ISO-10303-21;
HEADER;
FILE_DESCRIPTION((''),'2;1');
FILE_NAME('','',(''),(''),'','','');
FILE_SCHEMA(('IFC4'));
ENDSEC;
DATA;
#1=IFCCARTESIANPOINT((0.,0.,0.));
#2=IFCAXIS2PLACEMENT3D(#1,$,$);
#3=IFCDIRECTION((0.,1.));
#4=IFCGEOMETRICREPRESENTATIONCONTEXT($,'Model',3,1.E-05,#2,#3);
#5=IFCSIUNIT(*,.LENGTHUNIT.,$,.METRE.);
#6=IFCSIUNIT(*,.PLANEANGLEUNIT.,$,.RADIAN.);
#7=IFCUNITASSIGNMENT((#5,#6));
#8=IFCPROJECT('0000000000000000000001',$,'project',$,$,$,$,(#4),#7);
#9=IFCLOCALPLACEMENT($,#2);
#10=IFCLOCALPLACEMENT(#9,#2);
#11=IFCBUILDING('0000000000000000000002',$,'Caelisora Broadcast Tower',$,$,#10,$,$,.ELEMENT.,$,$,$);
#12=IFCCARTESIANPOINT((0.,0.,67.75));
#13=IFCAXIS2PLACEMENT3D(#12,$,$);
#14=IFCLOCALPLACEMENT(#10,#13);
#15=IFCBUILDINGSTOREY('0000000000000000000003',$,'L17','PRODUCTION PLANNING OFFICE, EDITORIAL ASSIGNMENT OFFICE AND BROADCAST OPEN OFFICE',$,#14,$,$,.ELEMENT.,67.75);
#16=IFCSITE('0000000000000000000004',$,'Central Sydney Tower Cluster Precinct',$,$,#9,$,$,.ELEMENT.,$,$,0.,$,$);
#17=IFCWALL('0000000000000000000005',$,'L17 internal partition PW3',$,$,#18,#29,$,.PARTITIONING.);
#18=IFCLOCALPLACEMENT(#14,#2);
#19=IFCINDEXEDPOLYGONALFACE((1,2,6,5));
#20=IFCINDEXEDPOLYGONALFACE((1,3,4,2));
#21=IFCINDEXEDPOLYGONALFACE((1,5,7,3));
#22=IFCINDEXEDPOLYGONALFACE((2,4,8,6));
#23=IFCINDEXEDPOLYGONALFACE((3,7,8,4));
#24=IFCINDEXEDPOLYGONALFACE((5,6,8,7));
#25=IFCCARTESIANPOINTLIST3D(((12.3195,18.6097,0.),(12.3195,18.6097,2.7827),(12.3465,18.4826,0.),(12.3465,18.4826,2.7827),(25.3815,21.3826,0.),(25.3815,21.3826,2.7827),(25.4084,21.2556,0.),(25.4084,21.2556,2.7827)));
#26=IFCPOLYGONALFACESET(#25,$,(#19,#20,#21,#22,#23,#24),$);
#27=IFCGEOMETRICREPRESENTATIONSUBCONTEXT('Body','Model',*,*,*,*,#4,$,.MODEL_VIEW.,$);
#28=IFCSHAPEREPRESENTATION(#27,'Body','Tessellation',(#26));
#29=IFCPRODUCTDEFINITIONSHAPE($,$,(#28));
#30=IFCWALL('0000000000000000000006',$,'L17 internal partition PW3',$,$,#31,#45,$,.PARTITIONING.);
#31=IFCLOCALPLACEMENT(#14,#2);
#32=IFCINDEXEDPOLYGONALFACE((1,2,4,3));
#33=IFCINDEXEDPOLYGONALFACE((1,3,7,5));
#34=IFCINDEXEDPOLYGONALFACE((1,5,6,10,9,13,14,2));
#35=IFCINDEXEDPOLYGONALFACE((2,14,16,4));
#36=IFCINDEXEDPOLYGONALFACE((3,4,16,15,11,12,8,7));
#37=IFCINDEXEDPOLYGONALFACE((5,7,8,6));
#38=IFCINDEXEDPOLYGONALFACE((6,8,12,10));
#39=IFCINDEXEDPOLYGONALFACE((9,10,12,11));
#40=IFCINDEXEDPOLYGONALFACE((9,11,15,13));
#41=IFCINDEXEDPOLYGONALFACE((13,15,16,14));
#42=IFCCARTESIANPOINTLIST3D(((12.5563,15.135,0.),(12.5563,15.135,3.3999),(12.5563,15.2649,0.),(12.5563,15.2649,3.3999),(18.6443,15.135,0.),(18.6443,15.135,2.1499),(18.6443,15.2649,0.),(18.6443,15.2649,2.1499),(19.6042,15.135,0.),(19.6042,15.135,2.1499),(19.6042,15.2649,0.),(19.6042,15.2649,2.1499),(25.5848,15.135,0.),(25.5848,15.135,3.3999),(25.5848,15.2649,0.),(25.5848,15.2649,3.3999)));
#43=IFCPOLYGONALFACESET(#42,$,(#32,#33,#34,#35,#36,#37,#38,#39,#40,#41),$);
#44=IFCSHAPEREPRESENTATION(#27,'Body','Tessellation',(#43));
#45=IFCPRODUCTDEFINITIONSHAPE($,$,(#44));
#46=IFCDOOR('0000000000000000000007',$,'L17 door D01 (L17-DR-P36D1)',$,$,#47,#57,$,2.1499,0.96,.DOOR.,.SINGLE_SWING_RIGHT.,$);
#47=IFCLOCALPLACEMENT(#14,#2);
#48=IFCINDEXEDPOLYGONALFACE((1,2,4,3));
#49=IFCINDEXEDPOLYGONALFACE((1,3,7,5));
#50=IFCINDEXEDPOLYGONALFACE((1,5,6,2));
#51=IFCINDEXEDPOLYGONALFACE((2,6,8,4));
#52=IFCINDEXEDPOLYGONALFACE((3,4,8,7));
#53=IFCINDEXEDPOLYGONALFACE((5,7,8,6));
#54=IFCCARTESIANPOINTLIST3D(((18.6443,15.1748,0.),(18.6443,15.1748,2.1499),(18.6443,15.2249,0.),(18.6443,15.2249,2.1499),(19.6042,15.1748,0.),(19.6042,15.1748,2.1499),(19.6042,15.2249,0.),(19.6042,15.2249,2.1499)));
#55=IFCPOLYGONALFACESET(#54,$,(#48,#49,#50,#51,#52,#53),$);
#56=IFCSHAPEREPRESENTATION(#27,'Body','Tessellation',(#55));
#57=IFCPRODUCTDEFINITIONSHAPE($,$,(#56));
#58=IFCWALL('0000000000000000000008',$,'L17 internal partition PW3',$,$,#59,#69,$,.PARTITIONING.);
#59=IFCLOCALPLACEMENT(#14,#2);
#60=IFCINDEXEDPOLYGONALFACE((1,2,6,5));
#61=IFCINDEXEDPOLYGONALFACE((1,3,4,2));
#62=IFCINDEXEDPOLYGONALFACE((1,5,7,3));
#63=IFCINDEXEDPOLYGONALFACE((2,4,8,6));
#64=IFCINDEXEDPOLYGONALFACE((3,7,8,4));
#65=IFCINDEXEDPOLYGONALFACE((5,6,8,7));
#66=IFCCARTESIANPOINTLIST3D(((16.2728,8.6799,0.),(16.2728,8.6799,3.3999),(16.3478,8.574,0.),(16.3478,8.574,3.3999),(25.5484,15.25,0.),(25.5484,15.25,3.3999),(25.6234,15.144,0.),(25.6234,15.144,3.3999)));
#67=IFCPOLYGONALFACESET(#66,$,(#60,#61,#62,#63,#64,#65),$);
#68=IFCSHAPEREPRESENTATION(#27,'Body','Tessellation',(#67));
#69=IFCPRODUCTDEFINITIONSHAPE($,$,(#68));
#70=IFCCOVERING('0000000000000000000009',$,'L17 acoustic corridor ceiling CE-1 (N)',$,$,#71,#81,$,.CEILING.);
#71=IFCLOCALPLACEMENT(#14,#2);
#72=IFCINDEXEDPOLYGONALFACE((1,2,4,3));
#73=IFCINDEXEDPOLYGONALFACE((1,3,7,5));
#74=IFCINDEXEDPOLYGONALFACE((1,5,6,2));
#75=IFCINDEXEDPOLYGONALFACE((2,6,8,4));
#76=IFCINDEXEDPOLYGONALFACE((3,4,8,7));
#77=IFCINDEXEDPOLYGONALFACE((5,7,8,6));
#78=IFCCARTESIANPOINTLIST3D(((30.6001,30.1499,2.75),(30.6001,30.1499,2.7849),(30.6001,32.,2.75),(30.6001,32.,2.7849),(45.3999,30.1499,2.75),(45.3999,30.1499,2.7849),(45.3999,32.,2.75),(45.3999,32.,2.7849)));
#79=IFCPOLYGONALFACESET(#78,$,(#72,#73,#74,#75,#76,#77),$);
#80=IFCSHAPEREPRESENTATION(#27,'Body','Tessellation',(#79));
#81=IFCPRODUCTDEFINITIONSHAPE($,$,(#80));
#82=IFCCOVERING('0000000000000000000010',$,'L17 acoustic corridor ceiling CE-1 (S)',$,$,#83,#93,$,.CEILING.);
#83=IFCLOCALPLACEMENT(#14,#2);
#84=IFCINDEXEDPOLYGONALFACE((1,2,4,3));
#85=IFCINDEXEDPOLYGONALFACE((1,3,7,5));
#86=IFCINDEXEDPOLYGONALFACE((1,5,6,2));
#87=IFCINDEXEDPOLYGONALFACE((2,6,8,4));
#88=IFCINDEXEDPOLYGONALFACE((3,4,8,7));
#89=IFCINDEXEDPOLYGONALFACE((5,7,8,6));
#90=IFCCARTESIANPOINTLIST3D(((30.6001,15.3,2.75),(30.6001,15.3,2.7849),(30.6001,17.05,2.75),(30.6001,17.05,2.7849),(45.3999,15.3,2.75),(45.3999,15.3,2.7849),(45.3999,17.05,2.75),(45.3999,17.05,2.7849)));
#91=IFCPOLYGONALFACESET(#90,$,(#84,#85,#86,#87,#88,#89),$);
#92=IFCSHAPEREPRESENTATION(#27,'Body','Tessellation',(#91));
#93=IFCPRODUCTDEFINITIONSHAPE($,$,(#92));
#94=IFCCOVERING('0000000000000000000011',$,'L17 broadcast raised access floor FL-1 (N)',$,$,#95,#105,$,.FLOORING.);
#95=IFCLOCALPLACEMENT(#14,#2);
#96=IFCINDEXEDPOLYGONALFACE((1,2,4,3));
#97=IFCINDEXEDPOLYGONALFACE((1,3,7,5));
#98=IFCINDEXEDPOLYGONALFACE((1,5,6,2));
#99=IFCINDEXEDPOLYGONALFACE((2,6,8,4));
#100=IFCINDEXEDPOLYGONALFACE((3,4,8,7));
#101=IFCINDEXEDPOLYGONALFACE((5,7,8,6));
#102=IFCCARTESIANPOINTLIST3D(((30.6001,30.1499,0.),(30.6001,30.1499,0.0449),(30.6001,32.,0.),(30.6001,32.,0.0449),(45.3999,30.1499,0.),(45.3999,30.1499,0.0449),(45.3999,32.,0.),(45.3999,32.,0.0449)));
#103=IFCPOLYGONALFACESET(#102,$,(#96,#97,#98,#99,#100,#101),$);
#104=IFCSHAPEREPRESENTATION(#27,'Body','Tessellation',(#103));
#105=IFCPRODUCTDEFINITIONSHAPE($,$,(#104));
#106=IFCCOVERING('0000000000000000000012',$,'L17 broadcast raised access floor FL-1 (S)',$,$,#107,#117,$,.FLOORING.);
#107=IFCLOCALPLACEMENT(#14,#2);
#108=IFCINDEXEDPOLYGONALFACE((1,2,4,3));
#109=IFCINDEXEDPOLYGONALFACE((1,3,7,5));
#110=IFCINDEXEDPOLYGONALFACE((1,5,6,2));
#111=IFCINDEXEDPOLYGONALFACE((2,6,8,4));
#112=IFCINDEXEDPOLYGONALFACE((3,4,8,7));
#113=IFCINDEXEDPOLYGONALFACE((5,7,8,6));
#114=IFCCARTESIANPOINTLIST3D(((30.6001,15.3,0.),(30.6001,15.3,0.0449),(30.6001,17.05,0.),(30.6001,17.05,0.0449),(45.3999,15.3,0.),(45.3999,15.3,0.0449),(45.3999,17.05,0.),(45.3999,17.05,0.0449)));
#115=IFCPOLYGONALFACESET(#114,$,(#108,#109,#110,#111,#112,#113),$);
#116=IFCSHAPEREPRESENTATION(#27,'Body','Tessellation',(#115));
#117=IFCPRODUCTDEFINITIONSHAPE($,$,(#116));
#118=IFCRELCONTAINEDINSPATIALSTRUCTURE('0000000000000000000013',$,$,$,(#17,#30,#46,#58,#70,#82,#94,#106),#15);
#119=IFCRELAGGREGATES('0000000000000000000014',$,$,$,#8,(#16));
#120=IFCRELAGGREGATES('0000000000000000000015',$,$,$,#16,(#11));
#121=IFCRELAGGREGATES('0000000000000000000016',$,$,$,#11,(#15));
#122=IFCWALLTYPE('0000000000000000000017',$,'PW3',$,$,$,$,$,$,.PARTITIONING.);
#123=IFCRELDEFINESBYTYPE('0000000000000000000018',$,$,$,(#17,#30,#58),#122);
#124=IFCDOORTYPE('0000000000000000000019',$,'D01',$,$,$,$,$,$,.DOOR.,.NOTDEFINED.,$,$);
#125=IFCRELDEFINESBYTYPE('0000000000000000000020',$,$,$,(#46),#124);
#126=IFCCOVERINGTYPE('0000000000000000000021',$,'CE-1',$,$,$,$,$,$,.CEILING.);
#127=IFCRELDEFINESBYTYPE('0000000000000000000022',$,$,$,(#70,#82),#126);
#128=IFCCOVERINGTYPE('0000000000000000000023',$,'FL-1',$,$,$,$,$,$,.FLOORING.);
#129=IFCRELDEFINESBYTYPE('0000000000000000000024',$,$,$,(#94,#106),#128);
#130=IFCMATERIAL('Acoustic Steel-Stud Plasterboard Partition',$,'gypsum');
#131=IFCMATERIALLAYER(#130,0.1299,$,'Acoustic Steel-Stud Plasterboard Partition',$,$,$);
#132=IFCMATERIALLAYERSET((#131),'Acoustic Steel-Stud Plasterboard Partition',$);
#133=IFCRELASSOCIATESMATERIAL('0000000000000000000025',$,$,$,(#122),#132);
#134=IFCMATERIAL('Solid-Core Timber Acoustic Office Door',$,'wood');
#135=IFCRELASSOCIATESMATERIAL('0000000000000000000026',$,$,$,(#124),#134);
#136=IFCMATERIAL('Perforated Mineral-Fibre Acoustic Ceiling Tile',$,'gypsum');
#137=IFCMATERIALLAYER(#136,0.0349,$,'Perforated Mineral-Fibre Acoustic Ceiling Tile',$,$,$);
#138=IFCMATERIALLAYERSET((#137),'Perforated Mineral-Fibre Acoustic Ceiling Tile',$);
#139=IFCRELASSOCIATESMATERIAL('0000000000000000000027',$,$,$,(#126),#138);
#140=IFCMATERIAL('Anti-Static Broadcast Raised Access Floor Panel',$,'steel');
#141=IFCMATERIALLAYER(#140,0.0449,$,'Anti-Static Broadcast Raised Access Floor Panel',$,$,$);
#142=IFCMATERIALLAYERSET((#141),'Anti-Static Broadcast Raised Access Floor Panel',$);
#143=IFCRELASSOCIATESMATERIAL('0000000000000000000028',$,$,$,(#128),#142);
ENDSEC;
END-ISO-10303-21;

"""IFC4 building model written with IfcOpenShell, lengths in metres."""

from ifc_helpers import new_model, si_unit, direction, frame, frame_2d, origin, place, context, subcontext, project, spatial, polyline, rectangle, outline, extrude, material, layer, layer_set, type_object, element, fill, save


model = new_model("IFC4")

# Units and contexts
model_context = context("Model", 3, precision=1e-05, world=origin(), true_north=direction((0.0, 1.0)))
body_context = subcontext(model_context, "Body", "Model", "MODEL_VIEW")
ifc_project = project(units=[si_unit("LENGTHUNIT", "METRE"), si_unit("PLANEANGLEUNIT", "RADIAN")], contexts=[model_context])

# Site, building, storey
site_placement = place(None, origin())
site = spatial("IfcSite", under=ifc_project, at=site_placement, Name="Central Sydney Tower Cluster Precinct", CompositionType="ELEMENT", RefElevation=0.0)
building_placement = place(site_placement, origin())
building = spatial("IfcBuilding", under=site, at=building_placement, Name="Caelisora Broadcast Tower", CompositionType="ELEMENT")
storey_placement = place(building_placement, frame((0.0, 0.0, 67.75)))
storey = spatial("IfcBuildingStorey", under=building, at=storey_placement, Name="L17", Description="PRODUCTION PLANNING OFFICE, EDITORIAL ASSIGNMENT OFFICE AND BROADCAST OPEN OFFICE", CompositionType="ELEMENT", Elevation=67.75)

# Shared definitions
ifc_material_1 = material(Name="Acoustic Steel-Stud Plasterboard Partition", Category="gypsum")
ifc_layer_1 = layer(ifc_material_1, 0.1299, Name="Acoustic Steel-Stud Plasterboard Partition")
ifc_layer_set_1 = layer_set([ifc_layer_1], Name="Acoustic Steel-Stud Plasterboard Partition")
wall_type_1 = type_object("IfcWallType", Name="PW3", PredefinedType="PARTITIONING", material=ifc_layer_set_1)
ifc_material_2 = material(Name="Solid-Core Timber Acoustic Office Door", Category="wood")
door_type = type_object("IfcDoorType", Name="D01", OperationType="NOTDEFINED", PredefinedType="DOOR", material=ifc_material_2)

# Wall
wall_1_placement = place(storey_placement, frame((12.333, 18.5461, 0.0), z_axis=(0.0, 0.0, 1.0), x_axis=(0.9782, 0.207663, 0.0)))
element("IfcWall", 1, at=wall_1_placement, inside=storey, type_object=wall_type_1, Name="L17 internal partition PW3", PredefinedType="PARTITIONING", context=body_context, shape_type="SweptSolid", body=[
    extrude(rectangle(XDim=13.353, YDim=0.1299, at=frame_2d((6.6765, 0.0))), origin(), (0.0, 0.0, 1.0), 2.7827),
])

# Wall, opening, door
wall_2_placement = place(storey_placement, frame((12.5564, 15.2, 0.0), z_axis=(0.0, 0.0, 1.0), x_axis=(1.0, 0.0, 0.0)))
wall_2 = element("IfcWall", 2, at=wall_2_placement, inside=storey, type_object=wall_type_1, Name="L17 internal partition PW3", PredefinedType="PARTITIONING", context=body_context, shape_type="SweptSolid", body=[
    extrude(rectangle(XDim=13.0286, YDim=0.1299, at=frame_2d((6.5142, 0.0))), origin(), (0.0, 0.0, 1.0), 3.3999),
])
opening_1_placement = place(wall_2_placement, frame((6.0879, 0.0, 0.0)))
opening_1 = element("IfcOpeningElement", 3, at=opening_1_placement, cuts=wall_2, PredefinedType="OPENING", context=body_context, shape_type="SweptSolid", body=[
    extrude(rectangle(XDim=0.96, YDim=2.1499, at=frame_2d((0.48, 1.075))), frame((0.0, 0.0769, 0.0), z_axis=(0.0, -1.0, 0.0), x_axis=(1.0, 0.0, 0.0)), (0.0, 0.0, 1.0), 0.1538),
])
door_1_placement = place(opening_1_placement, origin())
door_1 = element("IfcDoor", 4, at=door_1_placement, inside=storey, type_object=door_type, Name="L17 door D01 (L17-DR-P36D1)", OperationType="SINGLE_SWING_RIGHT", OverallHeight=2.1499, OverallWidth=0.96, PredefinedType="DOOR", context=body_context, shape_type="SweptSolid", body=[
    extrude(rectangle(XDim=0.96, YDim=2.1499, at=frame_2d((0.48, 1.075))), frame((0.0, 0.0249, 0.0), z_axis=(0.0, -1.0, 0.0), x_axis=(1.0, 0.0, 0.0)), (0.0, 0.0, 1.0), 0.05),
])
fill(opening_1, door_1)

# Wall
wall_3_placement = place(storey_placement, frame((16.3103, 8.627, 0.0), z_axis=(0.0, 0.0, 1.0), x_axis=(0.816032, 0.578007, 0.0)))
element("IfcWall", 5, at=wall_3_placement, inside=storey, type_object=wall_type_1, Name="L17 internal partition PW3", PredefinedType="PARTITIONING", context=body_context, shape_type="SweptSolid", body=[
    extrude(rectangle(XDim=11.3667, YDim=0.1299, at=frame_2d((5.6833, 0.0))), origin(), (0.0, 0.0, 1.0), 3.3999),
])

# Coverings
ifc_material_3 = material(Name="Perforated Mineral-Fibre Acoustic Ceiling Tile", Category="gypsum")
ifc_layer_2 = layer(ifc_material_3, 0.0349, Name="Perforated Mineral-Fibre Acoustic Ceiling Tile")
ifc_layer_set_2 = layer_set([ifc_layer_2], Name="Perforated Mineral-Fibre Acoustic Ceiling Tile")
covering_type_1 = type_object("IfcCoveringType", Name="CE-1", PredefinedType="CEILING", material=ifc_layer_set_2)
covering_1_placement = place(storey_placement, frame((0.0, 0.0, 2.75)))
element("IfcCovering", 6, at=covering_1_placement, inside=storey, type_object=covering_type_1, Name="L17 acoustic corridor ceiling CE-1 (N)", PredefinedType="CEILING", context=body_context, shape_type="SweptSolid", body=[
    extrude(outline(polyline([(30.6001, 30.1499), (45.3999, 30.1499), (45.3999, 32.0), (30.6001, 32.0), (30.6001, 30.1499)])), origin(), (0.0, 0.0, 1.0), 0.0349),
])
covering_2_placement = place(storey_placement, frame((0.0, 0.0, 2.75)))
element("IfcCovering", 7, at=covering_2_placement, inside=storey, type_object=covering_type_1, Name="L17 acoustic corridor ceiling CE-1 (S)", PredefinedType="CEILING", context=body_context, shape_type="SweptSolid", body=[
    extrude(outline(polyline([(30.6001, 15.3), (45.3999, 15.3), (45.3999, 17.05), (30.6001, 17.05), (30.6001, 15.3)])), origin(), (0.0, 0.0, 1.0), 0.0349),
])
ifc_material_4 = material(Name="Anti-Static Broadcast Raised Access Floor Panel", Category="steel")
ifc_layer_3 = layer(ifc_material_4, 0.0449, Name="Anti-Static Broadcast Raised Access Floor Panel")
ifc_layer_set_3 = layer_set([ifc_layer_3], Name="Anti-Static Broadcast Raised Access Floor Panel")
covering_type_2 = type_object("IfcCoveringType", Name="FL-1", PredefinedType="FLOORING", material=ifc_layer_set_3)
covering_3_placement = place(storey_placement, origin())
element("IfcCovering", 8, at=covering_3_placement, inside=storey, type_object=covering_type_2, Name="L17 broadcast raised access floor FL-1 (N)", PredefinedType="FLOORING", context=body_context, shape_type="SweptSolid", body=[
    extrude(outline(polyline([(30.6001, 30.1499), (45.3999, 30.1499), (45.3999, 32.0), (30.6001, 32.0), (30.6001, 30.1499)])), origin(), (0.0, 0.0, 1.0), 0.0449),
])
covering_4_placement = place(storey_placement, origin())
element("IfcCovering", 9, at=covering_4_placement, inside=storey, type_object=covering_type_2, Name="L17 broadcast raised access floor FL-1 (S)", PredefinedType="FLOORING", context=body_context, shape_type="SweptSolid", body=[
    extrude(outline(polyline([(30.6001, 15.3), (45.3999, 15.3), (45.3999, 17.05), (30.6001, 17.05), (30.6001, 15.3)])), origin(), (0.0, 0.0, 1.0), 0.0449),
])

save(model, "model.ifc")
